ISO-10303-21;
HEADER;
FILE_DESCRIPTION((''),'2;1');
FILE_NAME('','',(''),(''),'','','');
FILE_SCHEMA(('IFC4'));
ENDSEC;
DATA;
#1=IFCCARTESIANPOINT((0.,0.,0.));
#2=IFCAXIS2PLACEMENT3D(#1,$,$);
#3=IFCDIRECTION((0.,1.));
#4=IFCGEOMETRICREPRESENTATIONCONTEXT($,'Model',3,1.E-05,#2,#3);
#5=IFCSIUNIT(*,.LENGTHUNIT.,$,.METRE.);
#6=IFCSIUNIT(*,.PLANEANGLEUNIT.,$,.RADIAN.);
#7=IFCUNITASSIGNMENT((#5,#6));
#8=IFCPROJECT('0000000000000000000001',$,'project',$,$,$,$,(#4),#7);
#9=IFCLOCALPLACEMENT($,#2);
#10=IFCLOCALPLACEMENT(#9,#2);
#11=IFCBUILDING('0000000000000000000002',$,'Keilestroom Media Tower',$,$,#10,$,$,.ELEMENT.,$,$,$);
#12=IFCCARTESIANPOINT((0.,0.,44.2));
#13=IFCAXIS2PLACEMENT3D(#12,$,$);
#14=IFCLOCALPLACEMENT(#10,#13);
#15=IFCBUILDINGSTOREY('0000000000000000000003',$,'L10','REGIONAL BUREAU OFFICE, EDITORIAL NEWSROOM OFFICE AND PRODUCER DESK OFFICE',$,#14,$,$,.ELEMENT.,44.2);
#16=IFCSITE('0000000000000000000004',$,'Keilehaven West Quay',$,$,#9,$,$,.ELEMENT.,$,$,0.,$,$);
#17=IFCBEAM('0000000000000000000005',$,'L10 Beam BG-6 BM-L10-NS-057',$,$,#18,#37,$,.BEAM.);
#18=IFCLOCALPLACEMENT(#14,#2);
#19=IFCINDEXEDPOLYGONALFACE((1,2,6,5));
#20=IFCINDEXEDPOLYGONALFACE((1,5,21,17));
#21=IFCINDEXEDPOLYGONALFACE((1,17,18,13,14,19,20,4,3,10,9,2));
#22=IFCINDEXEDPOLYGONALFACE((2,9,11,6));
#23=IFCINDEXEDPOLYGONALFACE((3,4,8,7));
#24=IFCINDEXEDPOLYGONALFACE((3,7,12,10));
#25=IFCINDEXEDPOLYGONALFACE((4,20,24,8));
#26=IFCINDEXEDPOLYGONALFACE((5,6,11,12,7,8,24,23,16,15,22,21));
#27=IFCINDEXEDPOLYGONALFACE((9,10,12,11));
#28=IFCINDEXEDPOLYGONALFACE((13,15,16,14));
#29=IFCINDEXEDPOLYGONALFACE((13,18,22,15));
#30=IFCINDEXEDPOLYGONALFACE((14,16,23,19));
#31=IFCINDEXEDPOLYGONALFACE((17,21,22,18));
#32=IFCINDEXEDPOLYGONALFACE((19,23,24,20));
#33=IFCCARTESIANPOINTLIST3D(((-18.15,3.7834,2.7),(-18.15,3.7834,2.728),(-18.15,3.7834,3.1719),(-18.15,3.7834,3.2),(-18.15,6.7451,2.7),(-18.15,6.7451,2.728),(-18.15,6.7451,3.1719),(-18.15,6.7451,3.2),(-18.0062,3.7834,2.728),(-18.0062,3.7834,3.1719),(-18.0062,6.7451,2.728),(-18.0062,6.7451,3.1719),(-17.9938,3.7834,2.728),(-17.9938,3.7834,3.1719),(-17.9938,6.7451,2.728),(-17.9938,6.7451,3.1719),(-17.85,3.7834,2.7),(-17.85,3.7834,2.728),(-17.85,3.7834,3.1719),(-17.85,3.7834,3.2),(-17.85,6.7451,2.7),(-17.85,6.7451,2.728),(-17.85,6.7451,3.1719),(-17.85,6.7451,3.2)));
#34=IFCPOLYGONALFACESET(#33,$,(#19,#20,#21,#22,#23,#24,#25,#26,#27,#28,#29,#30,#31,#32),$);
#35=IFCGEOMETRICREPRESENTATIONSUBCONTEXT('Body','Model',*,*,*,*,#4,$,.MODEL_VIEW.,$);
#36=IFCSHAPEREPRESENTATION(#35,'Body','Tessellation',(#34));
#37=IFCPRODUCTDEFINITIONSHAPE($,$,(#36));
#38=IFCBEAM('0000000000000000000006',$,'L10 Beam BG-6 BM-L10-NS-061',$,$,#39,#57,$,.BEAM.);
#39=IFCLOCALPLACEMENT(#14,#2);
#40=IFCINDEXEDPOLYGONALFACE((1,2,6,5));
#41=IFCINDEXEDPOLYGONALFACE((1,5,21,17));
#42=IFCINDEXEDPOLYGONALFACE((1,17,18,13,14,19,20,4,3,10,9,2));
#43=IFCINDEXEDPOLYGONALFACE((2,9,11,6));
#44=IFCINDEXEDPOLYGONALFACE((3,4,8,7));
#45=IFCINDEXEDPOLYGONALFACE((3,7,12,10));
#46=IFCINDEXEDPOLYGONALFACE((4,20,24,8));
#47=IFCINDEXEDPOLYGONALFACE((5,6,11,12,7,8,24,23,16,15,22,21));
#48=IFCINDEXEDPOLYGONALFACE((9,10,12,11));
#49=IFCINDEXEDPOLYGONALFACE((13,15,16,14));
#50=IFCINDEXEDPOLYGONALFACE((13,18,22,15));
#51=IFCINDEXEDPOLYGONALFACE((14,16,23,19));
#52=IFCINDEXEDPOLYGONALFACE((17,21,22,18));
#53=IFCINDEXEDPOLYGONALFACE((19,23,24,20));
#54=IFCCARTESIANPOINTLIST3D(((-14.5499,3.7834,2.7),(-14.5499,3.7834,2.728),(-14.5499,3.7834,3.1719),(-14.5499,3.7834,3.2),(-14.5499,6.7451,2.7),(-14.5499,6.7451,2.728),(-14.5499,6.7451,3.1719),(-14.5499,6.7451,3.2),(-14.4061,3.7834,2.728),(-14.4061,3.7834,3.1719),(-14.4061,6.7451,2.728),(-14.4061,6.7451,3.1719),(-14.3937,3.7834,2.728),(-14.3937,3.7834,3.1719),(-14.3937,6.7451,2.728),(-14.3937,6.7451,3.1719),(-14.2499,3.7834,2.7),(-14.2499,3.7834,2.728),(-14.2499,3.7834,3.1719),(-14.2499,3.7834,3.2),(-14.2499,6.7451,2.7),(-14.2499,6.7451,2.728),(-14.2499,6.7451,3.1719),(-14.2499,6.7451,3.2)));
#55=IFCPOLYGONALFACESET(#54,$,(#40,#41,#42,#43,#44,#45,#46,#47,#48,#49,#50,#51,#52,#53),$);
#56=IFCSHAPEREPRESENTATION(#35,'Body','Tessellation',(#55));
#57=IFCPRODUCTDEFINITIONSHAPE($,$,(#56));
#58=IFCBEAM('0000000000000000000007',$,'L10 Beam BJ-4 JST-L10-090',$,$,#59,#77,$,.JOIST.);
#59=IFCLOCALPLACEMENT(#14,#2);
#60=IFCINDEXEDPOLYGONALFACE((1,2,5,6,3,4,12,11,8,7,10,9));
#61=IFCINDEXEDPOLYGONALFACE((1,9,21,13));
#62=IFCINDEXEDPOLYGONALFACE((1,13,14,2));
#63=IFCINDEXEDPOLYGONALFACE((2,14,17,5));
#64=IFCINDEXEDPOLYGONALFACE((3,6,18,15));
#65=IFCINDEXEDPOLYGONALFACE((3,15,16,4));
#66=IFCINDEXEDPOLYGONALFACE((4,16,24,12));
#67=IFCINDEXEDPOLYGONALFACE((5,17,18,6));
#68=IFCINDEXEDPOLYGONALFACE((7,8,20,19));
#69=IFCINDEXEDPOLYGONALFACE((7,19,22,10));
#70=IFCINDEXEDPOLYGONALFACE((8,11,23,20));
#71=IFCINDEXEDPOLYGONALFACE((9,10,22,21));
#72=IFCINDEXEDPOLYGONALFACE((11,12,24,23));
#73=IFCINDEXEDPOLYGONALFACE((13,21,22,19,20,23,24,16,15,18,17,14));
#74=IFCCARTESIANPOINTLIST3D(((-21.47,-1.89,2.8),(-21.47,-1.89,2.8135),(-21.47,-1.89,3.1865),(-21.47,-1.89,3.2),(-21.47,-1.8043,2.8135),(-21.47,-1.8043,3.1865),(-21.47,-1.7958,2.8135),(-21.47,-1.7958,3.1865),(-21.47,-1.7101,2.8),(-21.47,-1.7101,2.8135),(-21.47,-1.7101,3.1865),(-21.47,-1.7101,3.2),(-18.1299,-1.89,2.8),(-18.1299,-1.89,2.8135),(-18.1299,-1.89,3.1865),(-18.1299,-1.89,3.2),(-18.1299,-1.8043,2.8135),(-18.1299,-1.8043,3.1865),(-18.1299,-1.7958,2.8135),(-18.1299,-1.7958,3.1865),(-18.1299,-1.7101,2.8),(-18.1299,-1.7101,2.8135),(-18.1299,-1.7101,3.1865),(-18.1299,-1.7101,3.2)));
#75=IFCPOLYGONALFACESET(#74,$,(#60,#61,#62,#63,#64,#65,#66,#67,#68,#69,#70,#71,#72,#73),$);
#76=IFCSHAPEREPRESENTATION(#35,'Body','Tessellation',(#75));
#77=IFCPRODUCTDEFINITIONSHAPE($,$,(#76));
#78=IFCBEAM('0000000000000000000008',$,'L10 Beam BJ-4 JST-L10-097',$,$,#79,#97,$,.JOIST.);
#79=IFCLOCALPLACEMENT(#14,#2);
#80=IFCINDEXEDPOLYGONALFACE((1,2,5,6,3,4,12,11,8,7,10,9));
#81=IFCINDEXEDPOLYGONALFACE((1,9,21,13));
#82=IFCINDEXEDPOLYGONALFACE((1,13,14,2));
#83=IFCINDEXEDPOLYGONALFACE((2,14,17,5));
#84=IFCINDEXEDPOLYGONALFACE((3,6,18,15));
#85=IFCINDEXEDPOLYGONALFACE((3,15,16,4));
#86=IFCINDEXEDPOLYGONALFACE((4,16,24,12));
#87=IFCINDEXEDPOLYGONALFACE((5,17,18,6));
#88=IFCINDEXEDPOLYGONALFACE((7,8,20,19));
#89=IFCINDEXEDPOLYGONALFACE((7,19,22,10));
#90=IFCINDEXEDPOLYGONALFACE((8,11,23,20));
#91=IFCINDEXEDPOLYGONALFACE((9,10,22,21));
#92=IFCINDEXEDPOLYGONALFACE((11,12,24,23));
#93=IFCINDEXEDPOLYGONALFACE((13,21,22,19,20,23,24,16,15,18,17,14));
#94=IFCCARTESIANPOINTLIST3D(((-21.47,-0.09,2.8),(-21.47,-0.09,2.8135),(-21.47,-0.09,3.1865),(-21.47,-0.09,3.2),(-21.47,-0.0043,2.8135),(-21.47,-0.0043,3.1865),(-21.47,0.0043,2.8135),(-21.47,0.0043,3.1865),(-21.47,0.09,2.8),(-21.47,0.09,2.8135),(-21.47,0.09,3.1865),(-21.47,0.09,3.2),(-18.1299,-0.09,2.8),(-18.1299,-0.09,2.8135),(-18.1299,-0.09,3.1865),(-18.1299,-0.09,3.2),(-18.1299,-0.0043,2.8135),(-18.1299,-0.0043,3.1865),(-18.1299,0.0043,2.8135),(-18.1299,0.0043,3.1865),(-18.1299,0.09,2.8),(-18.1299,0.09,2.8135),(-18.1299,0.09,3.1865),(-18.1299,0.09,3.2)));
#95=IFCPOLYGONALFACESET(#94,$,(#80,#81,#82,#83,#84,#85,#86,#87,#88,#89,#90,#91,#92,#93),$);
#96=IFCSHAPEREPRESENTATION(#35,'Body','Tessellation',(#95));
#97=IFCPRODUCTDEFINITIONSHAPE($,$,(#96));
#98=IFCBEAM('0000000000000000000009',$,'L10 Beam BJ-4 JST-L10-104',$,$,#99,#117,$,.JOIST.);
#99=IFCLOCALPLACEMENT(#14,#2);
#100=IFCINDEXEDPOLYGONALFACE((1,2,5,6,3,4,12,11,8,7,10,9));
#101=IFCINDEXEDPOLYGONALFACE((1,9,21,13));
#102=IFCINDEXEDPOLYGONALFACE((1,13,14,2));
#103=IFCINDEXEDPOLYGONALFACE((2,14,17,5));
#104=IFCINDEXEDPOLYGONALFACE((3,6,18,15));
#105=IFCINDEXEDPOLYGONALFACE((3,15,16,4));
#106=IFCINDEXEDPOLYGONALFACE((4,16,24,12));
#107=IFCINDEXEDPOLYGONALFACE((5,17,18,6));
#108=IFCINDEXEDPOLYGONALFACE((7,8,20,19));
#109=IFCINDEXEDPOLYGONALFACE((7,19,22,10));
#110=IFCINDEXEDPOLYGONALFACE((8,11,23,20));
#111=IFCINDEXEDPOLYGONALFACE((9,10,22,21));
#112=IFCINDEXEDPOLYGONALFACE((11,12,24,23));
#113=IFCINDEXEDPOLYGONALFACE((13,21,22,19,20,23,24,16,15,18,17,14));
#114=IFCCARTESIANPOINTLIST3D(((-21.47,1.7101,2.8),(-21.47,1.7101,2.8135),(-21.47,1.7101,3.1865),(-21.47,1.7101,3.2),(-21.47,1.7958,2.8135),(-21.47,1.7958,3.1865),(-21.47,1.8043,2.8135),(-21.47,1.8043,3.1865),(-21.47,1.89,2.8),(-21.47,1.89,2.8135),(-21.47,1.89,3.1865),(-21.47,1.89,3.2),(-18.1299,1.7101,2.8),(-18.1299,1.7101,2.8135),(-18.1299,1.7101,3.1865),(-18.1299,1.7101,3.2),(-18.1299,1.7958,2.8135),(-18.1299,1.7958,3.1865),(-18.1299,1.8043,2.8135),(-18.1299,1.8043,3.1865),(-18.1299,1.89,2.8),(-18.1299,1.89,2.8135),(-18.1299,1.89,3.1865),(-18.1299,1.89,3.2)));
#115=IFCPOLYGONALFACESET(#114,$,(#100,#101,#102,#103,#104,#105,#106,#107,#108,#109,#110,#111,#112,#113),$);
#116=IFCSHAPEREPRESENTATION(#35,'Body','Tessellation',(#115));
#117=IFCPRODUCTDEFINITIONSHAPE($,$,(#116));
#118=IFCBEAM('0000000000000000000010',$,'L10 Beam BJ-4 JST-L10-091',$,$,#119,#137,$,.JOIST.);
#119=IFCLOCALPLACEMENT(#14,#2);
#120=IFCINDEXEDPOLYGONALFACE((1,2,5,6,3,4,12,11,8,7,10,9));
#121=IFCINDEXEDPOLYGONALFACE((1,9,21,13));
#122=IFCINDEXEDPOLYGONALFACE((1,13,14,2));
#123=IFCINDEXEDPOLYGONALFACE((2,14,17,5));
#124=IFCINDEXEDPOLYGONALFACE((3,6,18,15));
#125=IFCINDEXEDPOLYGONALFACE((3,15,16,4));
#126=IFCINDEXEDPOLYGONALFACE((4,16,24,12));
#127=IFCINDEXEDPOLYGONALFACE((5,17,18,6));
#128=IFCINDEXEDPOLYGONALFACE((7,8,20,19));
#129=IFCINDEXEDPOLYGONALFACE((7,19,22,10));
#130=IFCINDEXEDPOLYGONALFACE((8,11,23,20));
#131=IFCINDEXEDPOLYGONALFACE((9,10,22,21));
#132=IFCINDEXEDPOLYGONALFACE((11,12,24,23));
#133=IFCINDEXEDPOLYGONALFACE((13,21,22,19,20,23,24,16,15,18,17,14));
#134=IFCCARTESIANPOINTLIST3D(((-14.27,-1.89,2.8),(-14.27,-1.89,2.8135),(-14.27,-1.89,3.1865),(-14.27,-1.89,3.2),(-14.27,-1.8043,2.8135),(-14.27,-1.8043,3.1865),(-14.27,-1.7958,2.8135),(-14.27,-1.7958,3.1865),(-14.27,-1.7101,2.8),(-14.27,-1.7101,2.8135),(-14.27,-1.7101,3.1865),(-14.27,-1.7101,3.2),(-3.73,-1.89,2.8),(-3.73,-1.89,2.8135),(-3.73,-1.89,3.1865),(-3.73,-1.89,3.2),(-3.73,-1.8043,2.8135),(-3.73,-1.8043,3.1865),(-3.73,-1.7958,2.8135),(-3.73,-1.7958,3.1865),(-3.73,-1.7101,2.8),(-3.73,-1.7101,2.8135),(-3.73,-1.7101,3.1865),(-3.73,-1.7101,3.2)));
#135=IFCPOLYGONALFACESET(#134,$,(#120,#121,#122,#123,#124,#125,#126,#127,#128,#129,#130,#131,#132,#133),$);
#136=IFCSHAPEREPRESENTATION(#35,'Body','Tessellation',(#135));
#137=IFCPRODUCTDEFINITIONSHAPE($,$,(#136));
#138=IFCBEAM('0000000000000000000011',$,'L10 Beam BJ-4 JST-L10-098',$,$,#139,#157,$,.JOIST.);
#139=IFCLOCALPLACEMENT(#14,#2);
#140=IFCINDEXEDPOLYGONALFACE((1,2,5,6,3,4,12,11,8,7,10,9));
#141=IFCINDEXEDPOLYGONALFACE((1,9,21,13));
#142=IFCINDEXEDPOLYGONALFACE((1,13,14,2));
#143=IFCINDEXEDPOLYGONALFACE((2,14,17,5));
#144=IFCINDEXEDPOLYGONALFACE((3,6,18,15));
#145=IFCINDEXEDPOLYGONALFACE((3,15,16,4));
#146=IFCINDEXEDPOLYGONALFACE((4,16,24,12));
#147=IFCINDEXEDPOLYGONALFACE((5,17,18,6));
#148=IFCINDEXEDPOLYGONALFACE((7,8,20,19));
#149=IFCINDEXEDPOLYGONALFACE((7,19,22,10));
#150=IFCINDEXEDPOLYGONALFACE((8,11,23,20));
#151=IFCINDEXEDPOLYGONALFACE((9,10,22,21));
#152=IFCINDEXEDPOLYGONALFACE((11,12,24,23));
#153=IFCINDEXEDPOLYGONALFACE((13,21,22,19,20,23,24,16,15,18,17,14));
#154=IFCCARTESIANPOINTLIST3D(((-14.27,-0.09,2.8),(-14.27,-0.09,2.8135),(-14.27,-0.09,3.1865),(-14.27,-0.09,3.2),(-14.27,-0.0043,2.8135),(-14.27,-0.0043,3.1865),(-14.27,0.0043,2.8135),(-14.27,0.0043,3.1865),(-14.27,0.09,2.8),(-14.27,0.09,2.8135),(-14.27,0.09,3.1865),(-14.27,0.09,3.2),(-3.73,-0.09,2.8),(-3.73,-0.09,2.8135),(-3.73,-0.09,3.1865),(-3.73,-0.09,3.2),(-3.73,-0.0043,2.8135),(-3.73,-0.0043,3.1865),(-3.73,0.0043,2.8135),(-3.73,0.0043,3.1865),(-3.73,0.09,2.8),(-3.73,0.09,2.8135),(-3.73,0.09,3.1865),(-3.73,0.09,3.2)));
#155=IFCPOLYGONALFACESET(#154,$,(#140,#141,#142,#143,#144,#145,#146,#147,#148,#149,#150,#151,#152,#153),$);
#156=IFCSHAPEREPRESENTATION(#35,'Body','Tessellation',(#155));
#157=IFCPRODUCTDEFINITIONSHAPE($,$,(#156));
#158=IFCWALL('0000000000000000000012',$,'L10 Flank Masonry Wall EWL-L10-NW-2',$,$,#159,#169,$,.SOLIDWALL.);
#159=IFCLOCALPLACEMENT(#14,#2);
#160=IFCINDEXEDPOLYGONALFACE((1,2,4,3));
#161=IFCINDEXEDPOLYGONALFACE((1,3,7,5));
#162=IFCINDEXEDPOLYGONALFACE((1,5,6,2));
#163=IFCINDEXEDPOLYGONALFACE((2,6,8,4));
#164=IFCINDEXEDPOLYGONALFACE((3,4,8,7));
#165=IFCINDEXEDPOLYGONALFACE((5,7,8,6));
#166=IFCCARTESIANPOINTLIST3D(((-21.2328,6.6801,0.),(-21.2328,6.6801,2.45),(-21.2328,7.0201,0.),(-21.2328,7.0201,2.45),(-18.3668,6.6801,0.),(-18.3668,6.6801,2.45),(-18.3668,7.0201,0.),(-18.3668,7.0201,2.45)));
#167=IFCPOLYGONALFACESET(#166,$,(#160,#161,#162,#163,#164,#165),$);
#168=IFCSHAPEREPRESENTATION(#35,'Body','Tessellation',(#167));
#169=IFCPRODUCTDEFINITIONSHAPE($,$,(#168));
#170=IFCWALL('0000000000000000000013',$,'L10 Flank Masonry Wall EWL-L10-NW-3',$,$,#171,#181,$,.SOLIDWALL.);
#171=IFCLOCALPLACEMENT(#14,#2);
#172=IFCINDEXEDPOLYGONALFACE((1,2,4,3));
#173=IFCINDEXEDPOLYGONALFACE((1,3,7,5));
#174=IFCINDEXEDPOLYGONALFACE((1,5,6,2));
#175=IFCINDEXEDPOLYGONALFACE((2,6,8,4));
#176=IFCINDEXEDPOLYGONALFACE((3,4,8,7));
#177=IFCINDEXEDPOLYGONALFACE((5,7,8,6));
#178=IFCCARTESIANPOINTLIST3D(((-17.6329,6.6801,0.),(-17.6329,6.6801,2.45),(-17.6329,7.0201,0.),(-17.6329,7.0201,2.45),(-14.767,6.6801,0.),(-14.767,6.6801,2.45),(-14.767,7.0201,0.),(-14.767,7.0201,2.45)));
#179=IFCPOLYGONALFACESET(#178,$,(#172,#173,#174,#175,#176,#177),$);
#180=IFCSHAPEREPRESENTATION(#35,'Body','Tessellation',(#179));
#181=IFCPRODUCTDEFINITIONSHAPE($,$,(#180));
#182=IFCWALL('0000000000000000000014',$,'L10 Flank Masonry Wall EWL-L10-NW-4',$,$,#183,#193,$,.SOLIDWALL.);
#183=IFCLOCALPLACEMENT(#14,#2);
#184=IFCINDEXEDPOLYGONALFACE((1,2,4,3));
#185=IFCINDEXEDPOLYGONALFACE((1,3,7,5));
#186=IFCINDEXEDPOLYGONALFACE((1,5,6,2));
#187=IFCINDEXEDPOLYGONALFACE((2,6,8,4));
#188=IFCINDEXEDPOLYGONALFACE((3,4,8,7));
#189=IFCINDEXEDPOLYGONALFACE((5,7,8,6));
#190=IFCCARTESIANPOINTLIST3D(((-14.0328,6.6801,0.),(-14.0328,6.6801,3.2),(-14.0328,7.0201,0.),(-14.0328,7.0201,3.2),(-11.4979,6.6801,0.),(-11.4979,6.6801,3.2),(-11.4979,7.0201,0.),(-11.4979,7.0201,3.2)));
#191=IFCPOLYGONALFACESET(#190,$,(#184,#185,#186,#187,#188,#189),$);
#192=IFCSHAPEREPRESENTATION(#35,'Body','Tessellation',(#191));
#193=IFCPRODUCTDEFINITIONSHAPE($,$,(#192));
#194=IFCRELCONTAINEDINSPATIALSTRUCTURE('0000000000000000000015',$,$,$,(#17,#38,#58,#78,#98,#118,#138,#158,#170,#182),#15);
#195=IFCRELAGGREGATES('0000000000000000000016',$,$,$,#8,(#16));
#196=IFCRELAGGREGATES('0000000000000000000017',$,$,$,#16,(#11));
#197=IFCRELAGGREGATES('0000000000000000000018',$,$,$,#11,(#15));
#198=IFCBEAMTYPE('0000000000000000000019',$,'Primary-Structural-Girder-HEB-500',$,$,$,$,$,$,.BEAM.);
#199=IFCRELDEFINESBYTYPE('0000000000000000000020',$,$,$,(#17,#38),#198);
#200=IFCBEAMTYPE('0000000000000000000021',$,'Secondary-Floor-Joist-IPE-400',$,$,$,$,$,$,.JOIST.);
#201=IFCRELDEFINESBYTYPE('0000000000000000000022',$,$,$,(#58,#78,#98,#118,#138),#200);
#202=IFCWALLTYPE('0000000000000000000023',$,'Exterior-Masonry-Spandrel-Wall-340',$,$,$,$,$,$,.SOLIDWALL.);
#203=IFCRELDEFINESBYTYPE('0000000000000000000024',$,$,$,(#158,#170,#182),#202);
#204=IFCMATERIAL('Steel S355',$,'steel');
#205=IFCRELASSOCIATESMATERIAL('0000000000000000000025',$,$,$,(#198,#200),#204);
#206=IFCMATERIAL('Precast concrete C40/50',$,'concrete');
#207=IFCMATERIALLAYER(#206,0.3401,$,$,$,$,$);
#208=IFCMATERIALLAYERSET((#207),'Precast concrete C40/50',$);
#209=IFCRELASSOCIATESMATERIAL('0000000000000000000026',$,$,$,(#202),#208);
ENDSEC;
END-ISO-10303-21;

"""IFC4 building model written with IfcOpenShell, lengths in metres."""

from ifc_helpers import new_model, si_unit, direction, frame, frame_2d, origin, origin_2d, place, context, subcontext, project, spatial, rectangle, i_section, extrude, source, transform, mapped, material, layer, layer_set, material_profile, profile_set, type_object, element, save


model = new_model("IFC4")

# Units and contexts
model_context = context("Model", 3, precision=1e-05, world=origin(), true_north=direction((0.0, 1.0)))
body_context = subcontext(model_context, "Body", "Model", "MODEL_VIEW")
ifc_project = project(units=[si_unit("LENGTHUNIT", "METRE"), si_unit("PLANEANGLEUNIT", "RADIAN")], contexts=[model_context])

# Site, building, storey
site_placement = place(None, origin())
site = spatial("IfcSite", under=ifc_project, at=site_placement, Name="Keilehaven West Quay", CompositionType="ELEMENT", RefElevation=0.0)
building_placement = place(site_placement, origin())
building = spatial("IfcBuilding", under=site, at=building_placement, Name="Keilestroom Media Tower", CompositionType="ELEMENT")
storey_placement = place(building_placement, frame((0.0, 0.0, 44.2)))
storey = spatial("IfcBuildingStorey", under=building, at=storey_placement, Name="L10", Description="REGIONAL BUREAU OFFICE, EDITORIAL NEWSROOM OFFICE AND PRODUCER DESK OFFICE", CompositionType="ELEMENT", Elevation=44.2)

# Shared definitions
ifc_material_1 = material(Name="Precast concrete C40/50", Category="concrete")

# Beams
ifc_material_2 = material(Name="Steel S355", Category="steel")
ifc_material_profile_1 = material_profile(ifc_material_2, i_section(OverallWidth=0.3, OverallDepth=0.5, WebThickness=0.0125, FlangeThickness=0.0281, at=origin_2d()), Name="HEB 500")
ifc_profile_set_1 = profile_set([ifc_material_profile_1], Name="Steel S355")
beam_type_1 = type_object("IfcBeamType", Name="Primary-Structural-Girder-HEB-500", PredefinedType="BEAM", material=ifc_profile_set_1)
shared_shape_1 = source(origin(), body_context, "Body", "SweptSolid", [
    extrude(i_section(OverallWidth=0.3, OverallDepth=0.5, WebThickness=0.0125, FlangeThickness=0.0281, at=origin_2d()), origin(), (0.0, 0.0, 1.0), 2.9617),
])
for number, where, z_axis, x_axis, name in (
    (1, (-18.0, 3.7834, 2.95), (0.0, 1.0, 0.0), (-1.0, 0.0, 0.0), "L10 Beam BG-6 BM-L10-NS-057"),
    (2, (-14.3999, 3.7834, 2.95), (0.0, 1.0, 0.0), (-1.0, 0.0, 0.0), "L10 Beam BG-6 BM-L10-NS-061"),
):
    element("IfcBeam", number, at=place(storey_placement, frame(where, z_axis=z_axis, x_axis=x_axis)), inside=storey, type_object=beam_type_1, Name=name, PredefinedType="BEAM", context=body_context, shape_type="MappedRepresentation", body=[
        mapped(shared_shape_1, transform((0.0, 0.0, 0.0), x_axis=(1.0, 0.0, 0.0), y_axis=(0.0, 1.0, 0.0), z_axis=(0.0, 0.0, 1.0), scale=1.0)),
    ])
ifc_material_profile_2 = material_profile(ifc_material_2, i_section(OverallWidth=0.1799, OverallDepth=0.3999, WebThickness=0.0085, FlangeThickness=0.0134, at=origin_2d()), Name="IPE 400")
ifc_profile_set_2 = profile_set([ifc_material_profile_2], Name="Steel S355")
beam_type_2 = type_object("IfcBeamType", Name="Secondary-Floor-Joist-IPE-400", PredefinedType="JOIST", material=ifc_profile_set_2)
shared_shape_2 = source(origin(), body_context, "Body", "SweptSolid", [
    extrude(i_section(OverallWidth=0.1799, OverallDepth=0.3999, WebThickness=0.0085, FlangeThickness=0.0134, at=origin_2d()), origin(), (0.0, 0.0, 1.0), 3.3401),
])
for number, where, z_axis, x_axis, name in (
    (3, (-21.47, -1.8, 3.0), (1.0, 0.0, 0.0), (0.0, 1.0, 0.0), "L10 Beam BJ-4 JST-L10-090"),
    (4, (-21.47, 0.0, 3.0), (1.0, 0.0, 0.0), (0.0, 1.0, 0.0), "L10 Beam BJ-4 JST-L10-097"),
    (5, (-21.47, 1.8, 3.0), (1.0, 0.0, 0.0), (0.0, 1.0, 0.0), "L10 Beam BJ-4 JST-L10-104"),
):
    element("IfcBeam", number, at=place(storey_placement, frame(where, z_axis=z_axis, x_axis=x_axis)), inside=storey, type_object=beam_type_2, Name=name, PredefinedType="JOIST", context=body_context, shape_type="MappedRepresentation", body=[
        mapped(shared_shape_2, transform((0.0, 0.0, 0.0), x_axis=(1.0, 0.0, 0.0), y_axis=(0.0, 1.0, 0.0), z_axis=(0.0, 0.0, 1.0), scale=1.0)),
    ])
shared_shape_3 = source(origin(), body_context, "Body", "SweptSolid", [
    extrude(i_section(OverallWidth=0.1799, OverallDepth=0.3999, WebThickness=0.0085, FlangeThickness=0.0134, at=origin_2d()), origin(), (0.0, 0.0, 1.0), 10.54),
])
for number, where, z_axis, x_axis, name in (
    (6, (-14.27, -1.8, 3.0), (1.0, 0.0, 0.0), (0.0, 1.0, 0.0), "L10 Beam BJ-4 JST-L10-091"),
    (7, (-14.27, 0.0, 3.0), (1.0, 0.0, 0.0), (0.0, 1.0, 0.0), "L10 Beam BJ-4 JST-L10-098"),
):
    element("IfcBeam", number, at=place(storey_placement, frame(where, z_axis=z_axis, x_axis=x_axis)), inside=storey, type_object=beam_type_2, Name=name, PredefinedType="JOIST", context=body_context, shape_type="MappedRepresentation", body=[
        mapped(shared_shape_3, transform((0.0, 0.0, 0.0), x_axis=(1.0, 0.0, 0.0), y_axis=(0.0, 1.0, 0.0), z_axis=(0.0, 0.0, 1.0), scale=1.0)),
    ])

# Walls
ifc_layer_1 = layer(ifc_material_1, 0.3401)
ifc_layer_set_1 = layer_set([ifc_layer_1], Name="Precast concrete C40/50")
wall_type_1 = type_object("IfcWallType", Name="Exterior-Masonry-Spandrel-Wall-340", PredefinedType="SOLIDWALL", material=ifc_layer_set_1)
for number, where, z_axis, x_axis, name in (
    (8, (-21.2329, 6.8501, 0.0), (0.0, 0.0, 1.0), (1.0, 0.0, 0.0), "L10 Flank Masonry Wall EWL-L10-NW-2"),
    (9, (-17.6331, 6.8501, 0.0), (0.0, 0.0, 1.0), (1.0, 0.0, 0.0), "L10 Flank Masonry Wall EWL-L10-NW-3"),
):
    element("IfcWall", number, at=place(storey_placement, frame(where, z_axis=z_axis, x_axis=x_axis)), inside=storey, type_object=wall_type_1, Name=name, PredefinedType="SOLIDWALL", context=body_context, shape_type="SweptSolid", body=[
        extrude(rectangle(XDim=2.866, YDim=0.3401, at=frame_2d((1.4331, 0.0))), origin(), (0.0, 0.0, 1.0), 2.45),
    ])
wall_1_placement = place(storey_placement, frame((-14.033, 6.8501, 0.0), z_axis=(0.0, 0.0, 1.0), x_axis=(1.0, 0.0, 0.0)))
element("IfcWall", 10, at=wall_1_placement, inside=storey, type_object=wall_type_1, Name="L10 Flank Masonry Wall EWL-L10-NW-4", PredefinedType="SOLIDWALL", context=body_context, shape_type="SweptSolid", body=[
    extrude(rectangle(XDim=2.5349, YDim=0.3401, at=frame_2d((1.2676, 0.0))), origin(), (0.0, 0.0, 1.0), 3.2),
])

save(model, "model.ifc")
